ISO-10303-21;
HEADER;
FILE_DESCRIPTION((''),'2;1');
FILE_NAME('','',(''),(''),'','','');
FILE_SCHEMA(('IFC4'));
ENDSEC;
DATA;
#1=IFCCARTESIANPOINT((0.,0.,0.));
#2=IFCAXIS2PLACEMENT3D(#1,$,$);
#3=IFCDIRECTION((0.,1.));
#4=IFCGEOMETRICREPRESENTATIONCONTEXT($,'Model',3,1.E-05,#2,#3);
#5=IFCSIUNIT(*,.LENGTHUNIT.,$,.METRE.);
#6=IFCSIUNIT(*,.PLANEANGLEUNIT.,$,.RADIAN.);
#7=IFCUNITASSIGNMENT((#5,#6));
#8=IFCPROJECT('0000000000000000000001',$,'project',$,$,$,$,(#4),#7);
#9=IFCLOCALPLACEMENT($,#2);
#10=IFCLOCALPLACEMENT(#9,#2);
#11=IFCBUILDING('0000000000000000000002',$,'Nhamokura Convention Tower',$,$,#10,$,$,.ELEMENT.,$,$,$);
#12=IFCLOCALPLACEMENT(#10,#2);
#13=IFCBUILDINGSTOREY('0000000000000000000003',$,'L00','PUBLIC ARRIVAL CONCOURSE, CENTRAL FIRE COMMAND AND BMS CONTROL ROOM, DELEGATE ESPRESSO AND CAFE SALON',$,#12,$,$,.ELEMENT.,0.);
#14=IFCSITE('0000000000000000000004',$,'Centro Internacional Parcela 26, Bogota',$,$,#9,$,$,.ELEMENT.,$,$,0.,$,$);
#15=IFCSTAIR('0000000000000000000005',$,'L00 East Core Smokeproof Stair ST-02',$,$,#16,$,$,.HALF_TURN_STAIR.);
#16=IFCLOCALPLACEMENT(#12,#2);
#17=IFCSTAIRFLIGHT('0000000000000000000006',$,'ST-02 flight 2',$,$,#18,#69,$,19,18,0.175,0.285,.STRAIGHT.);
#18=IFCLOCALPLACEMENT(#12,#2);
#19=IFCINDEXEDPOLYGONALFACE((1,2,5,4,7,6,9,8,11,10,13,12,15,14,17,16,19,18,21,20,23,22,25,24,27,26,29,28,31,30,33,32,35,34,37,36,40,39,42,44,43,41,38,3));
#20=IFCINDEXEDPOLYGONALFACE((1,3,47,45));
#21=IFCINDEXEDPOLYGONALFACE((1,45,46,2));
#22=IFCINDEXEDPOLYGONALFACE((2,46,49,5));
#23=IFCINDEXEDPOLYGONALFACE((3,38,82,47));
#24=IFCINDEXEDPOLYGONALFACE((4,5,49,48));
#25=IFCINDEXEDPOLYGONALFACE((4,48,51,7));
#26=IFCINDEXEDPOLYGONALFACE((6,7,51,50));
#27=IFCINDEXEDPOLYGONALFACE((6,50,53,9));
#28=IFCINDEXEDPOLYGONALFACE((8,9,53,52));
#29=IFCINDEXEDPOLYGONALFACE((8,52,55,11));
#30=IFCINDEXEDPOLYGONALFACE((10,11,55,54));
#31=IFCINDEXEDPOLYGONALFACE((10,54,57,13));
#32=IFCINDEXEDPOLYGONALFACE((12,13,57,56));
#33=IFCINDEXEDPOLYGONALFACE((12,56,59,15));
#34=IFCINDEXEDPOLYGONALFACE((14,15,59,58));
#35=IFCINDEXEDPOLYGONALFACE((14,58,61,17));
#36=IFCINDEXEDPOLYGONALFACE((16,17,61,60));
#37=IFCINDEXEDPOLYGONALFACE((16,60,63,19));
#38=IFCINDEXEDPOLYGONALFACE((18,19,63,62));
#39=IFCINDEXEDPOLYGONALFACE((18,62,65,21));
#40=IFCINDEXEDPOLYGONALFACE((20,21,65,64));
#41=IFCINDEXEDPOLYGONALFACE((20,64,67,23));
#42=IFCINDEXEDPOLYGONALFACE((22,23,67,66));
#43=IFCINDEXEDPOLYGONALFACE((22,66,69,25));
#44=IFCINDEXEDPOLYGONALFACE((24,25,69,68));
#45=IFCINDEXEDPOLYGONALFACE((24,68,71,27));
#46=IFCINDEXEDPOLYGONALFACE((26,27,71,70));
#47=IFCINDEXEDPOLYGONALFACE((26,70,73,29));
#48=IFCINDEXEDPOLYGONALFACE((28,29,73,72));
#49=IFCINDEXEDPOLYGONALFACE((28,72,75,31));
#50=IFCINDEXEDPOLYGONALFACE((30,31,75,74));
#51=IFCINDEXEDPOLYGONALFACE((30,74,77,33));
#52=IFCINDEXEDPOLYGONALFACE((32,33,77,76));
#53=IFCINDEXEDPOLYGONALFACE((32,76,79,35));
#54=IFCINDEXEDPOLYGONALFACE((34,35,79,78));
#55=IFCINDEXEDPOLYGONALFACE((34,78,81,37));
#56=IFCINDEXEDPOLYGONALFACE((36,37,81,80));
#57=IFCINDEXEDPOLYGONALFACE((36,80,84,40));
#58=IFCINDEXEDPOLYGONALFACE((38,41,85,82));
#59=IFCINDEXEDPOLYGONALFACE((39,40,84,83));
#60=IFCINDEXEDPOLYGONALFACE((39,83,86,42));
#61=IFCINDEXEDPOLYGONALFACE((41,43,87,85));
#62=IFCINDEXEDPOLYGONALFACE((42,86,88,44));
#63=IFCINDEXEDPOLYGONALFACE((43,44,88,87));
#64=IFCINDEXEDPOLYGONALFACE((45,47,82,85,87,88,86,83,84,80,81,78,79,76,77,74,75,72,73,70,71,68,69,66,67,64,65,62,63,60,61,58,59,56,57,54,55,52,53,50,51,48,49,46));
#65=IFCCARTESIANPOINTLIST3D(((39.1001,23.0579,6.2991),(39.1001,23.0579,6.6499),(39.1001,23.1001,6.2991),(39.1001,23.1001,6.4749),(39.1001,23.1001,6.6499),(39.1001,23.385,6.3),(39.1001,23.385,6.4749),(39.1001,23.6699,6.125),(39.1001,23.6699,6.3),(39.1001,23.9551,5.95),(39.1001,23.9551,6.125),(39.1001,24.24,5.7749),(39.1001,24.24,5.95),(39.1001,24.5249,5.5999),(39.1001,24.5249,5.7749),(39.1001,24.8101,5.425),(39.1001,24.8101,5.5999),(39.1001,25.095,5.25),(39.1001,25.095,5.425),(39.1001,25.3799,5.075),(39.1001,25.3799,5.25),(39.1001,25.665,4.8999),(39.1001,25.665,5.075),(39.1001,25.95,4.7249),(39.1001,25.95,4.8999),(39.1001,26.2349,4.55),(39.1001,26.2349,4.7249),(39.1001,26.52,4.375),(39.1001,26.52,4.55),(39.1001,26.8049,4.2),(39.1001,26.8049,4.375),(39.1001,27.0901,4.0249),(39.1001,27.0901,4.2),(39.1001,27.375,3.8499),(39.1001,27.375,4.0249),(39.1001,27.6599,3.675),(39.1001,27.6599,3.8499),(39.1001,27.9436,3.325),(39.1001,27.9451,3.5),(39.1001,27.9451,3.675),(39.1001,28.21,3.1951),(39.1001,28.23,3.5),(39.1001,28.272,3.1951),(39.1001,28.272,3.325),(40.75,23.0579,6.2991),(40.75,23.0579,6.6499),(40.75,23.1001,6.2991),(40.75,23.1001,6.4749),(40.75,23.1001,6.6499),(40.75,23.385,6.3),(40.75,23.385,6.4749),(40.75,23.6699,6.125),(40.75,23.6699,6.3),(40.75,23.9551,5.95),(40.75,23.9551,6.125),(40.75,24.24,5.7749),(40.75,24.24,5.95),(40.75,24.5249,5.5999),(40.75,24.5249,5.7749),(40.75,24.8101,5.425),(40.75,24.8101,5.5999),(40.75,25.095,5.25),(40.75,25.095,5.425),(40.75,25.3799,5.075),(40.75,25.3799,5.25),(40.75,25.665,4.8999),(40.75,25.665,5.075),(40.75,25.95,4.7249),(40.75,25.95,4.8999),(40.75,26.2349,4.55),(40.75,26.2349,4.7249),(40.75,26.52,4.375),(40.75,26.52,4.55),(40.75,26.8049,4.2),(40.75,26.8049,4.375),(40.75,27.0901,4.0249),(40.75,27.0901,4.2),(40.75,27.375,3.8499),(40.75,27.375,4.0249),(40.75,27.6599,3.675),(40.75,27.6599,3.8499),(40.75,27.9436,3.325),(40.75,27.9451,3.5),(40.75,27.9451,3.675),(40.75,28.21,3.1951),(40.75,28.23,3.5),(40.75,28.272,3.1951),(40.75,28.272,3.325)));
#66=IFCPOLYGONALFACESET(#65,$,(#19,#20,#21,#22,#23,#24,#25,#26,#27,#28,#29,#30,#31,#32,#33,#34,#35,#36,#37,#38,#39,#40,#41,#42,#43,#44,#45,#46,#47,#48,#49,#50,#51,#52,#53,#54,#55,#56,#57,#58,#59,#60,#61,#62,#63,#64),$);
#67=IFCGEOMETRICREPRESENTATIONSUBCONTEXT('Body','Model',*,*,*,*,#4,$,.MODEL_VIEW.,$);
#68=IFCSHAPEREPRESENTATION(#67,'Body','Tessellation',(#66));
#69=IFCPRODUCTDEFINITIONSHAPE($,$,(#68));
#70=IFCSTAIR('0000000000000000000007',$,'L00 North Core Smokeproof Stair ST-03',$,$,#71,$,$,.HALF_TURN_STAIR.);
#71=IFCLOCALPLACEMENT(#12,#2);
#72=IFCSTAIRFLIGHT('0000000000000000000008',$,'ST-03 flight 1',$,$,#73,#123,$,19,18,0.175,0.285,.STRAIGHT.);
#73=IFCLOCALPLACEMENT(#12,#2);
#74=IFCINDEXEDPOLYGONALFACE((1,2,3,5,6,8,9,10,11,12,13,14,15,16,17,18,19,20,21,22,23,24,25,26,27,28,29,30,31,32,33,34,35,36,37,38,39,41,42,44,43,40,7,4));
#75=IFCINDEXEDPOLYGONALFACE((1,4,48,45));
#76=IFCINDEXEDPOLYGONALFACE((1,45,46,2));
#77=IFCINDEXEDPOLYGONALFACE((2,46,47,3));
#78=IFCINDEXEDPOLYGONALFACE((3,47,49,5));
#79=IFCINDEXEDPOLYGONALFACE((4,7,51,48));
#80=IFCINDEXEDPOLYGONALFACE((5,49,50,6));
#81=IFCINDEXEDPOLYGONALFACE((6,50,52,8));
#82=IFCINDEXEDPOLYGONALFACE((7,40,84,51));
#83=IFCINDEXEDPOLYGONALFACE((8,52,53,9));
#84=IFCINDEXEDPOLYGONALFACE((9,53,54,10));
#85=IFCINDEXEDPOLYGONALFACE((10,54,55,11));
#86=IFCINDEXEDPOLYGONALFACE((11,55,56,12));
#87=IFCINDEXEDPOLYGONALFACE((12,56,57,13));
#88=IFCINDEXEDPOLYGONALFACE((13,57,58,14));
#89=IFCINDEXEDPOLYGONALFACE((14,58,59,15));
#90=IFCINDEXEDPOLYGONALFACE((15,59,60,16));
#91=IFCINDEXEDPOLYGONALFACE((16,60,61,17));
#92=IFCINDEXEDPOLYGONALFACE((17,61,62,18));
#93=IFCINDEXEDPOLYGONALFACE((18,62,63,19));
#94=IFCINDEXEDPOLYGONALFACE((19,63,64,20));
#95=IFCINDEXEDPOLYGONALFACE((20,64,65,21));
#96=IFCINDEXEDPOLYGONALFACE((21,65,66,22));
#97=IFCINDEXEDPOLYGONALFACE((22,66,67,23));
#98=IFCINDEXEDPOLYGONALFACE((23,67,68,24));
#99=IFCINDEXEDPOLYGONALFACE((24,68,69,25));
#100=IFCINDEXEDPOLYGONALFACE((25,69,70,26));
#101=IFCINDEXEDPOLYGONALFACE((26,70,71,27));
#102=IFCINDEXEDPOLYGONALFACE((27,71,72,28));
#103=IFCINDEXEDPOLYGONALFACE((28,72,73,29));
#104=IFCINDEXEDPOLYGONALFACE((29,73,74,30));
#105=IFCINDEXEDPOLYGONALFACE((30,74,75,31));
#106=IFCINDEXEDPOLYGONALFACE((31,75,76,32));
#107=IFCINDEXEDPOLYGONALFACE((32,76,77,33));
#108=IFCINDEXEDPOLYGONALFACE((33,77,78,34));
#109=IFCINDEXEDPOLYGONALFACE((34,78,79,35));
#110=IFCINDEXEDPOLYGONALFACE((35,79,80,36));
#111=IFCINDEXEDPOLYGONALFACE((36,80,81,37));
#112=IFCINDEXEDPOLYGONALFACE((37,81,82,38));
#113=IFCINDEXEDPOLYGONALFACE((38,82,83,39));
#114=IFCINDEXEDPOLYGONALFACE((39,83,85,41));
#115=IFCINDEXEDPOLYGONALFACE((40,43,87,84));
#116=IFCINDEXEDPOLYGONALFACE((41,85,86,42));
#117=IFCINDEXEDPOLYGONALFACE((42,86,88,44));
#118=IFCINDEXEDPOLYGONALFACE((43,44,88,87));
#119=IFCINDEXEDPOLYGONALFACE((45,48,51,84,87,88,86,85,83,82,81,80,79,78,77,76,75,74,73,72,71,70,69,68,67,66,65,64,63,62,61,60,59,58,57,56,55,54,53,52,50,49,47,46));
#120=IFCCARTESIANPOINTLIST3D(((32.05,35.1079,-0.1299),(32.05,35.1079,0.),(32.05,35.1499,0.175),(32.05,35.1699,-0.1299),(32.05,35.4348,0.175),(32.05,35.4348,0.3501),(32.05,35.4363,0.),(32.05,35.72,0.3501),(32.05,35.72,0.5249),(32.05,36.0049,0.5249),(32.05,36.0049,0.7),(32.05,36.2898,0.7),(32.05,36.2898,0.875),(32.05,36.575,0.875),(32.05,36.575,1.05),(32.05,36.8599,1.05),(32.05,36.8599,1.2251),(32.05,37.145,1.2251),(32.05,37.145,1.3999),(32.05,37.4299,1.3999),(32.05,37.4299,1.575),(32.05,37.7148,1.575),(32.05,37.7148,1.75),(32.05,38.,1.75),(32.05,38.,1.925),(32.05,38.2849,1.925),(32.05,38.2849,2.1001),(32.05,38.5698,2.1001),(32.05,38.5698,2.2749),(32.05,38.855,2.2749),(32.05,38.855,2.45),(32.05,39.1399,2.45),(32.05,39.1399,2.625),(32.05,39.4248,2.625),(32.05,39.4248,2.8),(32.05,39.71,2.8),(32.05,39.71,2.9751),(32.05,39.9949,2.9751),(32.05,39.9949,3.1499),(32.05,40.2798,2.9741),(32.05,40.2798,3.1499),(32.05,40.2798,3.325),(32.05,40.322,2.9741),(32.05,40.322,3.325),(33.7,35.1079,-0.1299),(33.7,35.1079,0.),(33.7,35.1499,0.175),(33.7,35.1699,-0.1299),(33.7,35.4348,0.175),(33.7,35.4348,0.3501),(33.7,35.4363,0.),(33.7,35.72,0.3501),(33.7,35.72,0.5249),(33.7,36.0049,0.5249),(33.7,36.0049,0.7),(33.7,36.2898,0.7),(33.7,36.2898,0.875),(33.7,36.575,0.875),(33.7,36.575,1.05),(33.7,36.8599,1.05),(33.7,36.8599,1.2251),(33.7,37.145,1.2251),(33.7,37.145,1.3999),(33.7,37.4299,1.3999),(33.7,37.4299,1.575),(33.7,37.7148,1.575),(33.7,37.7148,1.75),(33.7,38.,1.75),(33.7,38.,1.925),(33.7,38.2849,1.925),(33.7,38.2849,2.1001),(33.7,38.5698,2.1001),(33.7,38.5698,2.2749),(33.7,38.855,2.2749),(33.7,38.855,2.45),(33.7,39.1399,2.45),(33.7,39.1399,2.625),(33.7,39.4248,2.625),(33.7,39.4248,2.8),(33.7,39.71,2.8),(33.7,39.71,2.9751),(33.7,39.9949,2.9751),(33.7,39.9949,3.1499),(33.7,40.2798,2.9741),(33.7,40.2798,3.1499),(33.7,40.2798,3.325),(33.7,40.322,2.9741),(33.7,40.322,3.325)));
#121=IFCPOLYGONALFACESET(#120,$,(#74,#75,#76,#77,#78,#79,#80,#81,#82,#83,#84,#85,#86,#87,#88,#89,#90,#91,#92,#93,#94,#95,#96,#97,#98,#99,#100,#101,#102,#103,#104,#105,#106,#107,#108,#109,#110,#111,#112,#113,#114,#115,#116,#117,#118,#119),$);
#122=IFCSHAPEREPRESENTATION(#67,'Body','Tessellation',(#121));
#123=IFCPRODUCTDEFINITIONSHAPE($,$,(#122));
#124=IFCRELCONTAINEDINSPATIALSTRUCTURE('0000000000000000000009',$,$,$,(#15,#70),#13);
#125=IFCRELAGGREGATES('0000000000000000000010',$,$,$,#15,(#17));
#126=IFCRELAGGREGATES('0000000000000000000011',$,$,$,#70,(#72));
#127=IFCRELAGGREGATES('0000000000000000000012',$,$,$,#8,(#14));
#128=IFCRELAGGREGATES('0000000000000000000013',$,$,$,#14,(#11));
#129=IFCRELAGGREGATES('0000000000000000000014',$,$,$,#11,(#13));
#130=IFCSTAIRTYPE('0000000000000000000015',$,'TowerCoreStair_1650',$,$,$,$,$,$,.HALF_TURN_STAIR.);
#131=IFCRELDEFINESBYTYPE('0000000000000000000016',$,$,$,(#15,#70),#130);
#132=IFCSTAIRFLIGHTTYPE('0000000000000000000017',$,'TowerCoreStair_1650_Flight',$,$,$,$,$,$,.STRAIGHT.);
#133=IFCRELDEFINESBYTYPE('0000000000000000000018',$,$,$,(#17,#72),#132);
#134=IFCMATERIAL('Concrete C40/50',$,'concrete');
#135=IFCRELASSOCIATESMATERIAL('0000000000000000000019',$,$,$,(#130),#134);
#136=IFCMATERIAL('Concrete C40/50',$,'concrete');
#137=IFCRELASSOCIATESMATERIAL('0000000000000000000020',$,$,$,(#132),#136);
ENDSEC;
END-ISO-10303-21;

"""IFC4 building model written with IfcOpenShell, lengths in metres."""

from ifc_helpers import new_model, si_unit, direction, frame, origin, place, context, subcontext, project, spatial, polyline, outline, extrude, material, type_object, element, aggregate, save


model = new_model("IFC4")

# Units and contexts
model_context = context("Model", 3, precision=1e-05, world=origin(), true_north=direction((0.0, 1.0)))
body_context = subcontext(model_context, "Body", "Model", "MODEL_VIEW")
ifc_project = project(units=[si_unit("LENGTHUNIT", "METRE"), si_unit("PLANEANGLEUNIT", "RADIAN")], contexts=[model_context])

# Site, building, storey
site_placement = place(None, origin())
site = spatial("IfcSite", under=ifc_project, at=site_placement, Name="Centro Internacional Parcela 26, Bogota", CompositionType="ELEMENT", RefElevation=0.0)
building_placement = place(site_placement, origin())
building = spatial("IfcBuilding", under=site, at=building_placement, Name="Nhamokura Convention Tower", CompositionType="ELEMENT")
storey_placement = place(building_placement, origin())
storey = spatial("IfcBuildingStorey", under=building, at=storey_placement, Name="L00", Description="PUBLIC ARRIVAL CONCOURSE, CENTRAL FIRE COMMAND AND BMS CONTROL ROOM, DELEGATE ESPRESSO AND CAFE SALON", CompositionType="ELEMENT", Elevation=0.0)

# Stair, stair flight
ifc_material_1 = material(Name="Concrete C40/50", Category="concrete")
stair_type = type_object("IfcStairType", Name="TowerCoreStair_1650", PredefinedType="HALF_TURN_STAIR", material=ifc_material_1)
stair_1_placement = place(storey_placement, origin())
stair_1 = element("IfcStair", 1, at=stair_1_placement, inside=storey, type_object=stair_type, Name="L00 East Core Smokeproof Stair ST-02", PredefinedType="HALF_TURN_STAIR")
ifc_material_2 = material(Name="Concrete C40/50", Category="concrete")
stair_flight_type = type_object("IfcStairFlightType", Name="TowerCoreStair_1650_Flight", PredefinedType="STRAIGHT", material=ifc_material_2)
stair_flight_1_placement = place(storey_placement, frame((39.925, 28.23, 3.325), z_axis=(0.0, 0.0, 1.0), x_axis=(0.0, -1.0, 0.0)))
stair_flight_1 = element("IfcStairFlight", 2, at=stair_flight_1_placement, type_object=stair_flight_type, Name="ST-02 flight 2", NumberOfRisers=19, NumberOfTreads=18, PredefinedType="STRAIGHT", RiserHeight=0.175, TreadLength=0.285, context=body_context, shape_type="SweptSolid", body=[
    extrude(outline(polyline([(-0.042, 0.0), (0.0, 0.175), (0.2849, 0.175), (0.2849, 0.3501), (0.5701, 0.3501), (0.5701, 0.5249), (0.855, 0.5249), (0.855, 0.7), (1.1399, 0.7), (1.1399, 0.875), (1.425, 0.875), (1.425, 1.05), (1.71, 1.05), (1.71, 1.2251), (1.9951, 1.2251), (1.9951, 1.3999), (2.28, 1.3999), (2.28, 1.575), (2.5649, 1.575), (2.5649, 1.75), (2.8501, 1.75), (2.8501, 1.925), (3.135, 1.925), (3.135, 2.1001), (3.4199, 2.1001), (3.4199, 2.2749), (3.7051, 2.2749), (3.7051, 2.45), (3.99, 2.45), (3.99, 2.625), (4.2749, 2.625), (4.2749, 2.8), (4.5601, 2.8), (4.5601, 2.9751), (4.845, 2.9751), (4.845, 3.1499), (5.1299, 3.1499), (5.1299, 3.325), (5.1721, 3.325), (5.1721, 2.9741), (5.1299, 2.9741), (0.2864, 0.0), (0.02, -0.1299), (-0.042, -0.1299), (-0.042, 0.0)])), frame((0.0, 0.825, 0.0), z_axis=(0.0, -1.0, 0.0), x_axis=(1.0, 0.0, 0.0)), (0.0, 0.0, 1.0), 1.6499),
])
aggregate(stair_1, [stair_flight_1])

# Stair, stair flight
stair_2_placement = place(storey_placement, origin())
stair_2 = element("IfcStair", 3, at=stair_2_placement, inside=storey, type_object=stair_type, Name="L00 North Core Smokeproof Stair ST-03", PredefinedType="HALF_TURN_STAIR")
stair_flight_2_placement = place(storey_placement, frame((32.875, 35.1499, 0.0), z_axis=(0.0, 0.0, 1.0), x_axis=(0.0, 1.0, 0.0)))
stair_flight_2 = element("IfcStairFlight", 4, at=stair_flight_2_placement, type_object=stair_flight_type, Name="ST-03 flight 1", NumberOfRisers=19, NumberOfTreads=18, PredefinedType="STRAIGHT", RiserHeight=0.175, TreadLength=0.285, context=body_context, shape_type="SweptSolid", body=[
    extrude(outline(polyline([(-0.042, 0.0), (0.0, 0.175), (0.2849, 0.175), (0.2849, 0.3501), (0.5701, 0.3501), (0.5701, 0.5249), (0.855, 0.5249), (0.855, 0.7), (1.1399, 0.7), (1.1399, 0.875), (1.425, 0.875), (1.425, 1.05), (1.71, 1.05), (1.71, 1.2251), (1.9951, 1.2251), (1.9951, 1.3999), (2.28, 1.3999), (2.28, 1.575), (2.5649, 1.575), (2.5649, 1.75), (2.8501, 1.75), (2.8501, 1.925), (3.135, 1.925), (3.135, 2.1001), (3.4199, 2.1001), (3.4199, 2.2749), (3.7051, 2.2749), (3.7051, 2.45), (3.99, 2.45), (3.99, 2.625), (4.2749, 2.625), (4.2749, 2.8), (4.5601, 2.8), (4.5601, 2.9751), (4.845, 2.9751), (4.845, 3.1499), (5.1299, 3.1499), (5.1299, 3.325), (5.1721, 3.325), (5.1721, 2.9741), (5.1299, 2.9741), (0.2864, 0.0), (0.02, -0.1299), (-0.042, -0.1299), (-0.042, 0.0)])), frame((0.0, 0.825, 0.0), z_axis=(0.0, -1.0, 0.0), x_axis=(1.0, 0.0, 0.0)), (0.0, 0.0, 1.0), 1.6499),
])
aggregate(stair_2, [stair_flight_2])

save(model, "model.ifc")
